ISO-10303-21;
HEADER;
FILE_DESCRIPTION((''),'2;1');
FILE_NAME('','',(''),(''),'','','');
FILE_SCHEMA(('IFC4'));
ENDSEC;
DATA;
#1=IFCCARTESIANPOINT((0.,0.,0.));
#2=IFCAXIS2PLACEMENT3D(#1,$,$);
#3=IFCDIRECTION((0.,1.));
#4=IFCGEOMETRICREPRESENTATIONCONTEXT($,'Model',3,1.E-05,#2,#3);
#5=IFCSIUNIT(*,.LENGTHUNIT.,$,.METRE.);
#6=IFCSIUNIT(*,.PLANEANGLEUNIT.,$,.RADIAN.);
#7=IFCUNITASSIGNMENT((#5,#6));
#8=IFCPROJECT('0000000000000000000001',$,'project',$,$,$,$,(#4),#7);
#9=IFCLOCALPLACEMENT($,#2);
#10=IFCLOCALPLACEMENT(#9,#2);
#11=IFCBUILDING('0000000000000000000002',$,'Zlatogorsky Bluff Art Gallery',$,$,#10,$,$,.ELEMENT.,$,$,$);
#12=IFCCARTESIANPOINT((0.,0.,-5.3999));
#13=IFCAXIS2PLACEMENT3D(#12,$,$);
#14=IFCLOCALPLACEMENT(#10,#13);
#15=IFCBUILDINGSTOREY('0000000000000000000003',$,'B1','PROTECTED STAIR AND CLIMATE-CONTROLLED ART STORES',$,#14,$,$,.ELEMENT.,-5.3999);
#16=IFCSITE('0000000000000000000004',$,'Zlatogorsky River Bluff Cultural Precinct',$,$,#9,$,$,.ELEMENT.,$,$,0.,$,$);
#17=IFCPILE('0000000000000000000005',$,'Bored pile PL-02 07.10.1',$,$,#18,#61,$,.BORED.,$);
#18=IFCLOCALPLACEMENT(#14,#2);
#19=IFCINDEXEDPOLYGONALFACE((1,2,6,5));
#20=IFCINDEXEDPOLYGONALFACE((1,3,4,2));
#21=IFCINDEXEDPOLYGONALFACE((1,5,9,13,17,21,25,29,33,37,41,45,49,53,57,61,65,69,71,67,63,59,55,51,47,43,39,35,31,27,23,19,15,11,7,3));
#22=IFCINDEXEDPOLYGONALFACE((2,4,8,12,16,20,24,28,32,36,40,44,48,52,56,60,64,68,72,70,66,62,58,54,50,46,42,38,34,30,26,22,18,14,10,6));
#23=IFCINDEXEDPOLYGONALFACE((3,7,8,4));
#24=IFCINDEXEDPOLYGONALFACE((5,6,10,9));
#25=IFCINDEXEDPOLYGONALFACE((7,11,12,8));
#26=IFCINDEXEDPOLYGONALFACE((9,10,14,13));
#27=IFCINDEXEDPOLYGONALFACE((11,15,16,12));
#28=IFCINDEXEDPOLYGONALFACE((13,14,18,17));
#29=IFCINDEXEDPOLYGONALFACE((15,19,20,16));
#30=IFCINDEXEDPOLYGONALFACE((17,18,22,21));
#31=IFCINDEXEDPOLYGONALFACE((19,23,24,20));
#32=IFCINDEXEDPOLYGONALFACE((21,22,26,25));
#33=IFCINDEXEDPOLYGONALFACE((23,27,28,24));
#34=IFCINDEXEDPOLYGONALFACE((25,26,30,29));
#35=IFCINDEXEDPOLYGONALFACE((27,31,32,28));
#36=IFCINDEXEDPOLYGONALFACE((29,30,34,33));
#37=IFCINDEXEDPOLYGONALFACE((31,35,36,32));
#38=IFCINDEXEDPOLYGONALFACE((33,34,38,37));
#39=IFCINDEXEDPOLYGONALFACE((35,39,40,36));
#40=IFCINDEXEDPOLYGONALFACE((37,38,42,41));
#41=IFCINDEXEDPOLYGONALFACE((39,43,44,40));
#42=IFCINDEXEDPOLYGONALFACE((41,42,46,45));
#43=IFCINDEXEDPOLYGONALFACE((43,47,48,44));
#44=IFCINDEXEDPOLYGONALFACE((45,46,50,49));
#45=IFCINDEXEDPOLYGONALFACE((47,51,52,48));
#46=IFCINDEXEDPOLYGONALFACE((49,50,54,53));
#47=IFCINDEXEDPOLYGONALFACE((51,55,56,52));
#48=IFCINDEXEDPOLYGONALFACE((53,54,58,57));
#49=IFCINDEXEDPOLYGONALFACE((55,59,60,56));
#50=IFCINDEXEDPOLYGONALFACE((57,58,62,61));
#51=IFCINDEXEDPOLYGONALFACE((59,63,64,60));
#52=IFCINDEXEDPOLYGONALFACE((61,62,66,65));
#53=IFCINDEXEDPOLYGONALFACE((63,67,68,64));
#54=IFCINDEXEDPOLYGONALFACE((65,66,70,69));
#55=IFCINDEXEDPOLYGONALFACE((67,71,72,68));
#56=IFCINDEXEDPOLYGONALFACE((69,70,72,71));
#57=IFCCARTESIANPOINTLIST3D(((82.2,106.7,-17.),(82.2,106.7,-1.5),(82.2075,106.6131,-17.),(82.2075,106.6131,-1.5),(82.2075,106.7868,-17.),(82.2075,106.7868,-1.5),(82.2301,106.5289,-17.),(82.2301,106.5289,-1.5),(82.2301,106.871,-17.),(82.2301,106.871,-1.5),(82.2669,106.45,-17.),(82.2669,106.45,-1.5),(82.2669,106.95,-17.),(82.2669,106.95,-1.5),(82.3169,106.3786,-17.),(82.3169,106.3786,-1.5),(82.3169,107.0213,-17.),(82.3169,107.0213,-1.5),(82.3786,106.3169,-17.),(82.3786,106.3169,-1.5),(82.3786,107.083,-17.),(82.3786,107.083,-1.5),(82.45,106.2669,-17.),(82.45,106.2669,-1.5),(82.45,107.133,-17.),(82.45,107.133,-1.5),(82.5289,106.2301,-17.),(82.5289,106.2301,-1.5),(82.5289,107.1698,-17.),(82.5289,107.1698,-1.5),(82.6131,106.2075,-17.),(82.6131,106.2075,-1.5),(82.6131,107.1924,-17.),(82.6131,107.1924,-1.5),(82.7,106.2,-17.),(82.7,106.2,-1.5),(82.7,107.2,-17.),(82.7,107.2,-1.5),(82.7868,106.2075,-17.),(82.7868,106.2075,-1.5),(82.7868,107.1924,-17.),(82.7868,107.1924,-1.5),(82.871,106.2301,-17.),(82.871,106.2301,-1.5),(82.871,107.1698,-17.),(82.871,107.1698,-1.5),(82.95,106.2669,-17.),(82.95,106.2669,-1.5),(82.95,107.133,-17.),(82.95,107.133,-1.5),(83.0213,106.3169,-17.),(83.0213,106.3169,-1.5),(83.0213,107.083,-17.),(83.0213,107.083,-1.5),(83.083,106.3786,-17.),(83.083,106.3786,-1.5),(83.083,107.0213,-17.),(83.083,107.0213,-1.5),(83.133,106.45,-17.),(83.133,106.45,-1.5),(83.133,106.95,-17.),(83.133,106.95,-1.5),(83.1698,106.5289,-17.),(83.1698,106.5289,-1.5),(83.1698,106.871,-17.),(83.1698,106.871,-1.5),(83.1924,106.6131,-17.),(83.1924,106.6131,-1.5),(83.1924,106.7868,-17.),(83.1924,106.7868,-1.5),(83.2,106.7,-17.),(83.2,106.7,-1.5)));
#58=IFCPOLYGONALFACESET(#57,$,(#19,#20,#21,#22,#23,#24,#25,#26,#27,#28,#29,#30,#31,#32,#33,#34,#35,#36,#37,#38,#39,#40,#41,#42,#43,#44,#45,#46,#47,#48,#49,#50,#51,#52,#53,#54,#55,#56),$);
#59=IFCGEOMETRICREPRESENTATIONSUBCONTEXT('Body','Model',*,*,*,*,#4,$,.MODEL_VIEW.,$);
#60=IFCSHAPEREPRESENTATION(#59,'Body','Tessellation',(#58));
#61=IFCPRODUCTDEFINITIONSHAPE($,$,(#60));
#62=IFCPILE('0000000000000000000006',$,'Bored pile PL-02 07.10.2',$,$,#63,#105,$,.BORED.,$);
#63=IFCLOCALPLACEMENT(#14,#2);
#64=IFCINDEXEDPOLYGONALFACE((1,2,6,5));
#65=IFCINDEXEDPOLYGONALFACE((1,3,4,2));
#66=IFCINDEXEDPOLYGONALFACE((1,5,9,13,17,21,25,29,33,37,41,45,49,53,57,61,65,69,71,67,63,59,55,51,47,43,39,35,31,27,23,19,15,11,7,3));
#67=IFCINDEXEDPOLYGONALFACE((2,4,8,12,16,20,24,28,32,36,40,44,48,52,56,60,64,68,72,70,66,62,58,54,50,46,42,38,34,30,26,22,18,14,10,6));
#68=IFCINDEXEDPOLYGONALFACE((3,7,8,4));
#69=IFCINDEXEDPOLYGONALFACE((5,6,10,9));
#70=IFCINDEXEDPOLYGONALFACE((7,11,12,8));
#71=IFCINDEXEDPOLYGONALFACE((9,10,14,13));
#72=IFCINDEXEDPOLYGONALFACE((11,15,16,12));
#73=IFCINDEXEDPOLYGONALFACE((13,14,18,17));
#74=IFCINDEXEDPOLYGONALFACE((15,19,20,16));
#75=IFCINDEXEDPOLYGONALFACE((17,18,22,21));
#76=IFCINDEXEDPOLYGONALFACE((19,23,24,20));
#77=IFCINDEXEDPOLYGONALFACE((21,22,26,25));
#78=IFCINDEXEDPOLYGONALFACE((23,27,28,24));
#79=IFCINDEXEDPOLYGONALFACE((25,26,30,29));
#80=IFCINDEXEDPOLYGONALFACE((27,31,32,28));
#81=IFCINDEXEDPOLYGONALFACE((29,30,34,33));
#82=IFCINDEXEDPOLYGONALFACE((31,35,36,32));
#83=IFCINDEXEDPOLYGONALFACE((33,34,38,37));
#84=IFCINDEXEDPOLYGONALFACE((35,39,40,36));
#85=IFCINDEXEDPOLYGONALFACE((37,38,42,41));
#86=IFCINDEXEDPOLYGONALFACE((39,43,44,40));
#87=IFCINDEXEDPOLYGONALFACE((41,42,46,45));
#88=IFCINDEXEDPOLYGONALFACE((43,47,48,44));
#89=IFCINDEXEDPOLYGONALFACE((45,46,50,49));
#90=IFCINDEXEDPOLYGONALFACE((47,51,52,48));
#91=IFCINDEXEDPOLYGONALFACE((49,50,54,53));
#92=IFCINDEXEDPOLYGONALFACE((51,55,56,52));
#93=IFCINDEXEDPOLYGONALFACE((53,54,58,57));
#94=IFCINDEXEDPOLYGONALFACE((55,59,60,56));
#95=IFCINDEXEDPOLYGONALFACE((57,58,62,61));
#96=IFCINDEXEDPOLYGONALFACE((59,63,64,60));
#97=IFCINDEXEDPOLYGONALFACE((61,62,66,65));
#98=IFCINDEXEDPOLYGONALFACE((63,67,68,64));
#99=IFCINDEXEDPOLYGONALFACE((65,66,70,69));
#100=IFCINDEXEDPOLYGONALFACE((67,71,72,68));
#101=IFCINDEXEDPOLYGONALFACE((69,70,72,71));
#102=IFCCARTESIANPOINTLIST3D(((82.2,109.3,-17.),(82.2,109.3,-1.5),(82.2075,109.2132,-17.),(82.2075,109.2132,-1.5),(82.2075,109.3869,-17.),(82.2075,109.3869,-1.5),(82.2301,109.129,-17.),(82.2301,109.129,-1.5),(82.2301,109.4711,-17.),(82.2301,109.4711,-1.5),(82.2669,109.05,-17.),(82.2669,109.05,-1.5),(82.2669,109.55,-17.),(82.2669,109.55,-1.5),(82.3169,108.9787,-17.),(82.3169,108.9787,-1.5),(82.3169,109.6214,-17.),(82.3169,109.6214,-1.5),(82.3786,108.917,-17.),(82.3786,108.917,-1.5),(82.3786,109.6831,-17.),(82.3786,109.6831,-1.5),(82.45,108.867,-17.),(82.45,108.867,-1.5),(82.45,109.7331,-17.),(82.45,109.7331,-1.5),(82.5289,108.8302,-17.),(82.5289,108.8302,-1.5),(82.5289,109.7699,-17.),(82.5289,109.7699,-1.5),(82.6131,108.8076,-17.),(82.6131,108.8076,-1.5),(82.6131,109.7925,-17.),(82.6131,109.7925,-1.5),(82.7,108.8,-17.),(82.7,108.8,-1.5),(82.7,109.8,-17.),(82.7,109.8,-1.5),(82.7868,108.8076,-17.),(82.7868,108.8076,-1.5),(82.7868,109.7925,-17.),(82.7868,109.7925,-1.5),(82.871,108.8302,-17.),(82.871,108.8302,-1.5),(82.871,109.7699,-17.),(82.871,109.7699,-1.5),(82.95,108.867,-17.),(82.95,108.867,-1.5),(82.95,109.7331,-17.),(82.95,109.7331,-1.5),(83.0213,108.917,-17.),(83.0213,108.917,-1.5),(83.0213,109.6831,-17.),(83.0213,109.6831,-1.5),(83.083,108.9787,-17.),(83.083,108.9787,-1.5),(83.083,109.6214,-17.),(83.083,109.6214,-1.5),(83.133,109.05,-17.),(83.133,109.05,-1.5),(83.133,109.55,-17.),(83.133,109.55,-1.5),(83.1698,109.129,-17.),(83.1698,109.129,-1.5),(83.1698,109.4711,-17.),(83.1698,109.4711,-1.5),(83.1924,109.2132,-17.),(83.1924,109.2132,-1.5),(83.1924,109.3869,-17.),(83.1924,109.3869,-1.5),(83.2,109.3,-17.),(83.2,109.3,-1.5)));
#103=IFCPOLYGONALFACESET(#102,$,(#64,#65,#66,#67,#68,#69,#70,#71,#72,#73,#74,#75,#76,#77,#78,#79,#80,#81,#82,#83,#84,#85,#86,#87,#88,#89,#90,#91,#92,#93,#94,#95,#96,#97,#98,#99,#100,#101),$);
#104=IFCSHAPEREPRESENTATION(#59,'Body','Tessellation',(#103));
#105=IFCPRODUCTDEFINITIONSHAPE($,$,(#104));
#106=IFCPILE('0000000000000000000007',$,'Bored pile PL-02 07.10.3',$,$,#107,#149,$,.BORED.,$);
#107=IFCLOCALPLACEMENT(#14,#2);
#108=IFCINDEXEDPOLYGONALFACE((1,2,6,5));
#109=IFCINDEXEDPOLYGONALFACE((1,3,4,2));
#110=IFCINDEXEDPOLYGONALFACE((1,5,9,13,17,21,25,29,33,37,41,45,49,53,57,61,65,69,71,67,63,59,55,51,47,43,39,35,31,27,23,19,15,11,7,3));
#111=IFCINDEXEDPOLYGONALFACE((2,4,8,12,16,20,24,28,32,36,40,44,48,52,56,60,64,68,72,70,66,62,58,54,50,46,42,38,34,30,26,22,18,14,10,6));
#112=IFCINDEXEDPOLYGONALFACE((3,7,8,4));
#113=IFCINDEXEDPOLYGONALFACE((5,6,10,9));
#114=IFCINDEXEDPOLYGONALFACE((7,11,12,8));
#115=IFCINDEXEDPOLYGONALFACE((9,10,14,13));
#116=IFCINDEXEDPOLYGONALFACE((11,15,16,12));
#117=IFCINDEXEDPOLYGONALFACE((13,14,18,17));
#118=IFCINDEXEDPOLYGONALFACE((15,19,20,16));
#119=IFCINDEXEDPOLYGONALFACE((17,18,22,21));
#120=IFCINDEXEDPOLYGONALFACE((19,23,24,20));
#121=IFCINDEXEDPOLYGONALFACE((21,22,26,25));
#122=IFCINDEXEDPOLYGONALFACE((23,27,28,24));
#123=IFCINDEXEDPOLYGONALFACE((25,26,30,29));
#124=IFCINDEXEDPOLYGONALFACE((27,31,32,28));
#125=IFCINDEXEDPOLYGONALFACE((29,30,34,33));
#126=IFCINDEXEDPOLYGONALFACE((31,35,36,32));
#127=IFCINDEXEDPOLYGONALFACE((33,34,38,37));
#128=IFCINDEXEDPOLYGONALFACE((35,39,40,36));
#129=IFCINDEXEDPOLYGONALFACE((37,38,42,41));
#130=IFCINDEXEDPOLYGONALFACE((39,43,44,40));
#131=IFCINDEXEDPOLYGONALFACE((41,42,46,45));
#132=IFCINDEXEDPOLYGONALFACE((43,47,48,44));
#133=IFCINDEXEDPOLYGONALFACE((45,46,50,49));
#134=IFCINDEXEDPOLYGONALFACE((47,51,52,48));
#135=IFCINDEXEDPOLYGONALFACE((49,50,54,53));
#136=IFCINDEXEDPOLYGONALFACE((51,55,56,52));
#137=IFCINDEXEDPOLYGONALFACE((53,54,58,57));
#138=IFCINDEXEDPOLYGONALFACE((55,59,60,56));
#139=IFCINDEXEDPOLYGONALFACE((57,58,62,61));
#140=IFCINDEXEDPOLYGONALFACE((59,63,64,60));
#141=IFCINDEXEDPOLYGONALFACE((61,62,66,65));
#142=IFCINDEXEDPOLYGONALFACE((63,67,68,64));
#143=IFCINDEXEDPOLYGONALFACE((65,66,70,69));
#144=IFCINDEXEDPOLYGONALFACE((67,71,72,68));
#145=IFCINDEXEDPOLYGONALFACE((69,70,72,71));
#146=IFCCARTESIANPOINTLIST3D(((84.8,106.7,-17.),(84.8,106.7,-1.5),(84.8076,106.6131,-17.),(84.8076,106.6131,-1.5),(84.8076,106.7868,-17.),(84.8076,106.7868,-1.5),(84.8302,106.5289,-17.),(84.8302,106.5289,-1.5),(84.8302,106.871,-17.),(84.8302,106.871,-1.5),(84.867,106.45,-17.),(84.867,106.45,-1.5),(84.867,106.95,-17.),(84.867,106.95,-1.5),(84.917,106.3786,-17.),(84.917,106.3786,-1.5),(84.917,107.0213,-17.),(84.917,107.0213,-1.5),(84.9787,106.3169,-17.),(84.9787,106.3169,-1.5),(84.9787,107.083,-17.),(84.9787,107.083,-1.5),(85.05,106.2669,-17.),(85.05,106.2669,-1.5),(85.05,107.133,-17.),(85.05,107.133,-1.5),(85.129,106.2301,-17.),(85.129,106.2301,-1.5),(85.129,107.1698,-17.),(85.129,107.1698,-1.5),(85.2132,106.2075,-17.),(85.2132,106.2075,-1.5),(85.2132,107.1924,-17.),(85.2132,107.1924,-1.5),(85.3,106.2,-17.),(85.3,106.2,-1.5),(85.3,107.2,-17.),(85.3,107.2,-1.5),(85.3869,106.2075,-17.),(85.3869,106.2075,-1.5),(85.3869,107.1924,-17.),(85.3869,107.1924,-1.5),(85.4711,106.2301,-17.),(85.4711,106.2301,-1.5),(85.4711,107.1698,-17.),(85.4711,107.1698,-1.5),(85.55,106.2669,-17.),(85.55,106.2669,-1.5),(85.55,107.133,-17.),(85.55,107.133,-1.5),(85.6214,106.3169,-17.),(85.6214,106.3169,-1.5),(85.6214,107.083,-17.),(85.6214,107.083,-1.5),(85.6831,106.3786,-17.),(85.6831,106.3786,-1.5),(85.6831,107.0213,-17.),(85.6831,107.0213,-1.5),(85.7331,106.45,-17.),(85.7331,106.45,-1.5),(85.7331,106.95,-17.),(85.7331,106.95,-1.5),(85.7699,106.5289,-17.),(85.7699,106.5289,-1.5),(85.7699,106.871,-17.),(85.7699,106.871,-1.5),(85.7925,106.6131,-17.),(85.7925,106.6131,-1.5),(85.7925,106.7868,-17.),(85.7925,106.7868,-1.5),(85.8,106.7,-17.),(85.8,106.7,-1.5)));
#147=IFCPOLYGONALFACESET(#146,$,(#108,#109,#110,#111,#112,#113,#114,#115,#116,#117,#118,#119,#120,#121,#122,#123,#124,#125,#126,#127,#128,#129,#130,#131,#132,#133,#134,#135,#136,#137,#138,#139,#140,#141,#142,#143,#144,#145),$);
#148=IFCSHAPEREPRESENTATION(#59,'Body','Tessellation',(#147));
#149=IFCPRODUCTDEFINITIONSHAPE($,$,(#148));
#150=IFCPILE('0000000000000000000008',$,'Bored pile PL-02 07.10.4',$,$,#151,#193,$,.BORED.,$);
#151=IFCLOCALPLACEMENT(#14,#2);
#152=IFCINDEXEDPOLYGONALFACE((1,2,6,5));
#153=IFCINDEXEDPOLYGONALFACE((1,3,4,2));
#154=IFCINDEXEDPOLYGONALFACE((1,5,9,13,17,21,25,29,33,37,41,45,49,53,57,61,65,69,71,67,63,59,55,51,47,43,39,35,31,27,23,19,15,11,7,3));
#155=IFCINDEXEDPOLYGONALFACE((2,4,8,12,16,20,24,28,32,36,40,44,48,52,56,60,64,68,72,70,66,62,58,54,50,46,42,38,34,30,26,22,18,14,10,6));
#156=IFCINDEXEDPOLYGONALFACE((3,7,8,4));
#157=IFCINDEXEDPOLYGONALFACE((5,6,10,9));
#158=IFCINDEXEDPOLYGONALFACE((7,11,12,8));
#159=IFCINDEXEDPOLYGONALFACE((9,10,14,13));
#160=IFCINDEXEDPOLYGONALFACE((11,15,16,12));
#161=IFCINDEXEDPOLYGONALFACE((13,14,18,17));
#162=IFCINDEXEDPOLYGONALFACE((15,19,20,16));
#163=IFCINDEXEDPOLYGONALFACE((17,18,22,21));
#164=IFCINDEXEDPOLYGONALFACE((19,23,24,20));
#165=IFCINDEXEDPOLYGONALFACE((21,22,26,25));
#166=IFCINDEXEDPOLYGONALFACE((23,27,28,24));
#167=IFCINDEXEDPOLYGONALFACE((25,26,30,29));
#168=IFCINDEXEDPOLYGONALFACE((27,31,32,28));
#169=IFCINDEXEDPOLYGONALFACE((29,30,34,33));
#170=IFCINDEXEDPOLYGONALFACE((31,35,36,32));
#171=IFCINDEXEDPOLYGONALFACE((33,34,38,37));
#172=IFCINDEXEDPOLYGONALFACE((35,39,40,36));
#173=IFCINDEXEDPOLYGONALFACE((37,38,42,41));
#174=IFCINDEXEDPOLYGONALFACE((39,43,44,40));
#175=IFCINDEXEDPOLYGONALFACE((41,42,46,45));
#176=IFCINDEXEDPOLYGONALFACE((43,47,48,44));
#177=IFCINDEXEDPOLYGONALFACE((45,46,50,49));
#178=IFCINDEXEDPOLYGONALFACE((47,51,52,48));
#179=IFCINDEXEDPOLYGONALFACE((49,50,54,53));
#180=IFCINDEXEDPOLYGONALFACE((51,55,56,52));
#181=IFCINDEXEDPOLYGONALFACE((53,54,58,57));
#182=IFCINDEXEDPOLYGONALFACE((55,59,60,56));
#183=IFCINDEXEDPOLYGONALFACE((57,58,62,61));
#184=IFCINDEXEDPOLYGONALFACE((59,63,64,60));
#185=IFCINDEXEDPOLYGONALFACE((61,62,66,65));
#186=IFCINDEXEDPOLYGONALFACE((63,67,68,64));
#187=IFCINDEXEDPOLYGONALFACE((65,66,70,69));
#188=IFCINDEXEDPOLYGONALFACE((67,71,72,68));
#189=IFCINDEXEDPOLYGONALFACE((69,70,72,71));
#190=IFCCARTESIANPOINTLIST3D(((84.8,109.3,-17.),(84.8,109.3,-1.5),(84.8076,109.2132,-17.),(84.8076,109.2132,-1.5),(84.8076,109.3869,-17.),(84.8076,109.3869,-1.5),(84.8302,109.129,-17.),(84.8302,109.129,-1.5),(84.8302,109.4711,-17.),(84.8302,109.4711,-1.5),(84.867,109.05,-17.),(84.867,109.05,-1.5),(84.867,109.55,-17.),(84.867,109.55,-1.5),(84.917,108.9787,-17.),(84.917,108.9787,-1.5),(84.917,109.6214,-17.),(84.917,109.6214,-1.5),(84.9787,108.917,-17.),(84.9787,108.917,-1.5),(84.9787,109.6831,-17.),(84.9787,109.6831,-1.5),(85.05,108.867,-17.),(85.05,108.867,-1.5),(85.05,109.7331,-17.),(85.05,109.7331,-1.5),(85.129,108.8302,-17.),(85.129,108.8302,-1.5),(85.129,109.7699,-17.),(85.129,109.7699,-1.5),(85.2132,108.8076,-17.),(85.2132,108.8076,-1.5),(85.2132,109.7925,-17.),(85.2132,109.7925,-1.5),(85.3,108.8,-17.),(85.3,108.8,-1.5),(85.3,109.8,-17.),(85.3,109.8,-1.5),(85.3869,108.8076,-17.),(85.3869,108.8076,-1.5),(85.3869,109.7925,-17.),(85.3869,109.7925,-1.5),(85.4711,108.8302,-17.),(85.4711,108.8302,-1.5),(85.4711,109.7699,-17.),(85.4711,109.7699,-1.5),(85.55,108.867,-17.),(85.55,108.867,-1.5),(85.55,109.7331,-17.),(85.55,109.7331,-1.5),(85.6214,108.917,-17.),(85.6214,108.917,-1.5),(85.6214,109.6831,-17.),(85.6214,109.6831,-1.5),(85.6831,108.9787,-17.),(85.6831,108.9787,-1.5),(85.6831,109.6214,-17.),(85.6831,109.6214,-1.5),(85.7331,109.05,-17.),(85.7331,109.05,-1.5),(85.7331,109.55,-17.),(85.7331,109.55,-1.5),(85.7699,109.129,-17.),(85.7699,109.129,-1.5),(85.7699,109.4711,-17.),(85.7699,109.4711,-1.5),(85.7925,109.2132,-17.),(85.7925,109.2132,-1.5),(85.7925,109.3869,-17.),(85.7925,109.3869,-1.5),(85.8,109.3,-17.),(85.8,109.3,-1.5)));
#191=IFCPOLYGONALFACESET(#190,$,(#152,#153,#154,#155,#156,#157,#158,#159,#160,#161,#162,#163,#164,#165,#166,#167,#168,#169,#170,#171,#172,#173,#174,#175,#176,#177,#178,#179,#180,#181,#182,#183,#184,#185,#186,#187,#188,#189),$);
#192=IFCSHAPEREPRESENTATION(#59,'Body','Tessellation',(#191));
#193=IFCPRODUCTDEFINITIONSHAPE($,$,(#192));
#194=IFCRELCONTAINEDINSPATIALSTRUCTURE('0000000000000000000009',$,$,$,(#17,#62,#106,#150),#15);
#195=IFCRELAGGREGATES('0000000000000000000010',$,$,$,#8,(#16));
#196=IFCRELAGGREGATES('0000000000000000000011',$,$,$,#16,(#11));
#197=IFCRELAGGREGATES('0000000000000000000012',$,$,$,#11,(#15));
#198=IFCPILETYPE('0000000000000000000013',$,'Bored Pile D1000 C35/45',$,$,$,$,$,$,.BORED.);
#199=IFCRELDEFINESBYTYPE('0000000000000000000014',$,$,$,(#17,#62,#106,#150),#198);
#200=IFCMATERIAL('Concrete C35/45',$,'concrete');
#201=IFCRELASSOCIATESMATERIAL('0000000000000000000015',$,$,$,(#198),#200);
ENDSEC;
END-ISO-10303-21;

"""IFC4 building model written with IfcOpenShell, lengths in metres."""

from ifc_helpers import new_model, si_unit, direction, frame, origin, origin_2d, place, context, subcontext, project, spatial, circle, extrude, material, material_profile, profile_set, type_object, element, save


model = new_model("IFC4")

# Units and contexts
model_context = context("Model", 3, precision=1e-05, world=origin(), true_north=direction((0.0, 1.0)))
body_context = subcontext(model_context, "Body", "Model", "MODEL_VIEW")
ifc_project = project(units=[si_unit("LENGTHUNIT", "METRE"), si_unit("PLANEANGLEUNIT", "RADIAN")], contexts=[model_context])

# Site, building, storey
site_placement = place(None, origin())
site = spatial("IfcSite", under=ifc_project, at=site_placement, Name="Zlatogorsky River Bluff Cultural Precinct", CompositionType="ELEMENT", RefElevation=0.0)
building_placement = place(site_placement, origin())
building = spatial("IfcBuilding", under=site, at=building_placement, Name="Zlatogorsky Bluff Art Gallery", CompositionType="ELEMENT")
storey_placement = place(building_placement, frame((0.0, 0.0, -5.3999)))
storey = spatial("IfcBuildingStorey", under=building, at=storey_placement, Name="B1", Description="PROTECTED STAIR AND CLIMATE-CONTROLLED ART STORES", CompositionType="ELEMENT", Elevation=-5.3999)

# Piles
ifc_material_1 = material(Name="Concrete C35/45", Category="concrete")
ifc_material_profile_1 = material_profile(ifc_material_1, circle(Radius=0.5, at=origin_2d()), Name="BORED PILE D1000")
ifc_profile_set_1 = profile_set([ifc_material_profile_1], Name="Concrete C35/45")
pile_type = type_object("IfcPileType", Name="Bored Pile D1000 C35/45", PredefinedType="BORED", material=ifc_profile_set_1)
for number, where, z_axis, x_axis, name in (
    (1, (82.7, 106.7, -1.5), (0.0, 0.0, -1.0), (1.0, 0.0, 0.0), "Bored pile PL-02 07.10.1"),
    (2, (82.7, 109.3, -1.5), (0.0, 0.0, -1.0), (1.0, 0.0, 0.0), "Bored pile PL-02 07.10.2"),
    (3, (85.3, 106.7, -1.5), (0.0, 0.0, -1.0), (1.0, 0.0, 0.0), "Bored pile PL-02 07.10.3"),
    (4, (85.3, 109.3, -1.5), (0.0, 0.0, -1.0), (1.0, 0.0, 0.0), "Bored pile PL-02 07.10.4"),
):
    element("IfcPile", number, at=place(storey_placement, frame(where, z_axis=z_axis, x_axis=x_axis)), inside=storey, type_object=pile_type, Name=name, PredefinedType="BORED", context=body_context, shape_type="SweptSolid", body=[
        extrude(circle(Radius=0.5, at=origin_2d()), origin(), (0.0, 0.0, 1.0), 15.5),
    ])

save(model, "model.ifc")
